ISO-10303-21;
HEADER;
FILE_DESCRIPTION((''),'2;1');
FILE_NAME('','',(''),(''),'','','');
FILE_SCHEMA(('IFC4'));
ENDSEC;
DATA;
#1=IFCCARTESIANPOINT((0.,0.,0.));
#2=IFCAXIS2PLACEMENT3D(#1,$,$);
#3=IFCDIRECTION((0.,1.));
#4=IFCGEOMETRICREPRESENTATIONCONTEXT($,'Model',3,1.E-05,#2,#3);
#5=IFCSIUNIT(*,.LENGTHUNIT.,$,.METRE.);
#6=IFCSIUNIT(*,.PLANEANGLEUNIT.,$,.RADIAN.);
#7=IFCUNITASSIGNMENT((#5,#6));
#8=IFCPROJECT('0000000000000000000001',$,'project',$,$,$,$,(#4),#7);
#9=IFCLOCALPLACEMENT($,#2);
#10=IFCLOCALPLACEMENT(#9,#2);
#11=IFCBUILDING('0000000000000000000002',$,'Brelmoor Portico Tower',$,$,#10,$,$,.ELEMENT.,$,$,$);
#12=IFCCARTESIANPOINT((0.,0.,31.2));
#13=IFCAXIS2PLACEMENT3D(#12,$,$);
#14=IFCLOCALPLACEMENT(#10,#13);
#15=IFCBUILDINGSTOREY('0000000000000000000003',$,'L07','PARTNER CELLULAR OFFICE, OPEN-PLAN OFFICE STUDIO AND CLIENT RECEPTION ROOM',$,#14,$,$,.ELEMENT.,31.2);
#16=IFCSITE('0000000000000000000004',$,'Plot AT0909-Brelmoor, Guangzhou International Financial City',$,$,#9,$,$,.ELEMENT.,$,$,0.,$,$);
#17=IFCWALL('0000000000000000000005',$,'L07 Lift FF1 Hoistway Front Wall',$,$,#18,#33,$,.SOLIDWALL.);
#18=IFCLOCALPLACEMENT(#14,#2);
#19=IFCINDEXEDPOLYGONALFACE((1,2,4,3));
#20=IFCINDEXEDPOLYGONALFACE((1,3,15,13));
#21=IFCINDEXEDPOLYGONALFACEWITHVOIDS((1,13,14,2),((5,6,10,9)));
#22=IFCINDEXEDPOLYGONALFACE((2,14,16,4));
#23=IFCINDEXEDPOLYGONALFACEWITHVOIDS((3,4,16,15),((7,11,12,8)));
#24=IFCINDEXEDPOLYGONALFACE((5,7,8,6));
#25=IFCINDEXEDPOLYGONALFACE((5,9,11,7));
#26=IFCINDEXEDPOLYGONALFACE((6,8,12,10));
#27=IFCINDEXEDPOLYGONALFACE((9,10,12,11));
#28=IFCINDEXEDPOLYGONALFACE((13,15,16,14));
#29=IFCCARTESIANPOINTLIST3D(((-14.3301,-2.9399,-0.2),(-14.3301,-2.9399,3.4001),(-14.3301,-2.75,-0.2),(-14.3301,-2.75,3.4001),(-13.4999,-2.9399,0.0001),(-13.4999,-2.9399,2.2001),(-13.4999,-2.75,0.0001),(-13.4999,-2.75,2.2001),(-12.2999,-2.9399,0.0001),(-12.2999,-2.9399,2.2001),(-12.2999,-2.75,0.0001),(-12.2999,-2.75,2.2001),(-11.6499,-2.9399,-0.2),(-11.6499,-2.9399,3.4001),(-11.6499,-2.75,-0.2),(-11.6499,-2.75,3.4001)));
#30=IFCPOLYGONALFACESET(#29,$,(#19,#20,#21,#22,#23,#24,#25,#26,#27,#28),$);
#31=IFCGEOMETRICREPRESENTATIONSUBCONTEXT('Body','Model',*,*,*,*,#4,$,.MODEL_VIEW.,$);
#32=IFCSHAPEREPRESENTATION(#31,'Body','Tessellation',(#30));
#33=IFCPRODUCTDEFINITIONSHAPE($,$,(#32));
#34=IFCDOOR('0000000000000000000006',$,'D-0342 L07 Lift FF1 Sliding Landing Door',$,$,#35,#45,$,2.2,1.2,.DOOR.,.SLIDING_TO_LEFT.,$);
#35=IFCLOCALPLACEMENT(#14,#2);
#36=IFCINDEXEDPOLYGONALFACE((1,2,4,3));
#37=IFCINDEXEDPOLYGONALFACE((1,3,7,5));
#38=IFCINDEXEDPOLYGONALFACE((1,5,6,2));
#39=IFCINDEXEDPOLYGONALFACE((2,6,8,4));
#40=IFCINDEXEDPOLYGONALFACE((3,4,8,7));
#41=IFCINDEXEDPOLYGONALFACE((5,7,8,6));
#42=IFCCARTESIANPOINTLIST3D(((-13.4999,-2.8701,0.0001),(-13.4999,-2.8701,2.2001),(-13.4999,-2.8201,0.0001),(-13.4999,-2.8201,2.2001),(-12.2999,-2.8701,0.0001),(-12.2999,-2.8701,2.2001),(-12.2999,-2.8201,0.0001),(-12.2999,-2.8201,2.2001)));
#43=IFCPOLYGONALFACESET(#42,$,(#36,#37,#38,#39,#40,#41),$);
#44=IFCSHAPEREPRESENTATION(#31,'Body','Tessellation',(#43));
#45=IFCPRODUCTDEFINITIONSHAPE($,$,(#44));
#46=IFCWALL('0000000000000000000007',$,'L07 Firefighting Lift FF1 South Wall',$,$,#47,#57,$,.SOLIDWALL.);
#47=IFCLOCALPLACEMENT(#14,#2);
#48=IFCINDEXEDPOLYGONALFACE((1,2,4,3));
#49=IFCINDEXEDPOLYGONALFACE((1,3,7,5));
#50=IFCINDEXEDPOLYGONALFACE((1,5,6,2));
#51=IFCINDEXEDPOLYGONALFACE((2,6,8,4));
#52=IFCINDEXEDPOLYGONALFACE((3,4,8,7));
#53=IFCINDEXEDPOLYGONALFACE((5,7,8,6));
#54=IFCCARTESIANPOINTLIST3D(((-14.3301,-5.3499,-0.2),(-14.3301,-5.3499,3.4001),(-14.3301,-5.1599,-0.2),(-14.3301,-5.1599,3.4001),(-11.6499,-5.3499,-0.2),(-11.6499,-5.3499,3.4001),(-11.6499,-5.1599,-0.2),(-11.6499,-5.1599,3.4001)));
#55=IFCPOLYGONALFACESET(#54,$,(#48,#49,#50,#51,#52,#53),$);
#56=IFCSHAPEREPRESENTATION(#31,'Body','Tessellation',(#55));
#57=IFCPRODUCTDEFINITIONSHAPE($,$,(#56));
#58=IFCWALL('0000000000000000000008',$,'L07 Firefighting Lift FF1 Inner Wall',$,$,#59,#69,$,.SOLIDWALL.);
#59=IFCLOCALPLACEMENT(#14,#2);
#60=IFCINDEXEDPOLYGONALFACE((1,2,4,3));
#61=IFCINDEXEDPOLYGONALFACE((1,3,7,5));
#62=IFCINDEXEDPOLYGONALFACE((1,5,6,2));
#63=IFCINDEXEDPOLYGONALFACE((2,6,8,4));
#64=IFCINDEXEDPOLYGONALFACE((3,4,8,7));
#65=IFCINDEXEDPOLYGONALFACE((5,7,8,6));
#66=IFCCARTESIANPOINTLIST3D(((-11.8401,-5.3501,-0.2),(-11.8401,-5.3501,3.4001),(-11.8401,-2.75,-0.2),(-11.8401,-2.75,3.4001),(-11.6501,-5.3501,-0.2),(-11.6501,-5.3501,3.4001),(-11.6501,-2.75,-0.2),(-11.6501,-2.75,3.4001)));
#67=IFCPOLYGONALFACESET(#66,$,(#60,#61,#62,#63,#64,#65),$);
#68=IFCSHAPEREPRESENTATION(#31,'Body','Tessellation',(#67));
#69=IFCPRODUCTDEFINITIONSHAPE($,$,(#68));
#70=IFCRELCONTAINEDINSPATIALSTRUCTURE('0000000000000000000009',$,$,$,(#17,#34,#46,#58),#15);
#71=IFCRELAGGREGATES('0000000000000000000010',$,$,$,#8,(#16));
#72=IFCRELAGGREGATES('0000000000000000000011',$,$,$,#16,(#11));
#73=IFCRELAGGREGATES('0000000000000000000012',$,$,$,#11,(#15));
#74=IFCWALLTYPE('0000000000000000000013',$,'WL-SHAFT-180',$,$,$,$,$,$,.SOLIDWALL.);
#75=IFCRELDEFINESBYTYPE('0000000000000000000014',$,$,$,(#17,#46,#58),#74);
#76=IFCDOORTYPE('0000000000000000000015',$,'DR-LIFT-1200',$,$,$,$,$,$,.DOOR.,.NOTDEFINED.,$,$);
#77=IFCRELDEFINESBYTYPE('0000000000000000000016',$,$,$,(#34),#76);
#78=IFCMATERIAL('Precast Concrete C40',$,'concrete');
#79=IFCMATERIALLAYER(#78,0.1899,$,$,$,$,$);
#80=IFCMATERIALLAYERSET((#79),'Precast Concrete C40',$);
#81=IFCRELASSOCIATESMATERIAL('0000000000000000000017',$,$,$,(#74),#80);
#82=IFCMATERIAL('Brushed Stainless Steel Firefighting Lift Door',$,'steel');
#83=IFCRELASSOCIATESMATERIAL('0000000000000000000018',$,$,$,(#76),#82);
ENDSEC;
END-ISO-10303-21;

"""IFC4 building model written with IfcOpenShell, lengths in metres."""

from ifc_helpers import new_model, si_unit, direction, frame, frame_2d, origin, place, context, subcontext, project, spatial, rectangle, extrude, material, layer, layer_set, type_object, element, fill, save


model = new_model("IFC4")

# Units and contexts
model_context = context("Model", 3, precision=1e-05, world=origin(), true_north=direction((0.0, 1.0)))
body_context = subcontext(model_context, "Body", "Model", "MODEL_VIEW")
ifc_project = project(units=[si_unit("LENGTHUNIT", "METRE"), si_unit("PLANEANGLEUNIT", "RADIAN")], contexts=[model_context])

# Site, building, storey
site_placement = place(None, origin())
site = spatial("IfcSite", under=ifc_project, at=site_placement, Name="Plot AT0909-Brelmoor, Guangzhou International Financial City", CompositionType="ELEMENT", RefElevation=0.0)
building_placement = place(site_placement, origin())
building = spatial("IfcBuilding", under=site, at=building_placement, Name="Brelmoor Portico Tower", CompositionType="ELEMENT")
storey_placement = place(building_placement, frame((0.0, 0.0, 31.2)))
storey = spatial("IfcBuildingStorey", under=building, at=storey_placement, Name="L07", Description="PARTNER CELLULAR OFFICE, OPEN-PLAN OFFICE STUDIO AND CLIENT RECEPTION ROOM", CompositionType="ELEMENT", Elevation=31.2)

# Wall, opening, door
ifc_material_1 = material(Name="Precast Concrete C40", Category="concrete")
ifc_layer_1 = layer(ifc_material_1, 0.1899)
ifc_layer_set_1 = layer_set([ifc_layer_1], Name="Precast Concrete C40")
wall_type_1 = type_object("IfcWallType", Name="WL-SHAFT-180", PredefinedType="SOLIDWALL", material=ifc_layer_set_1)
wall_1_placement = place(storey_placement, frame((-14.3301, -2.845, -0.2), z_axis=(0.0, 0.0, 1.0), x_axis=(1.0, 0.0, 0.0)))
wall_1 = element("IfcWall", 1, at=wall_1_placement, inside=storey, type_object=wall_type_1, Name="L07 Lift FF1 Hoistway Front Wall", PredefinedType="SOLIDWALL", context=body_context, shape_type="SweptSolid", body=[
    extrude(rectangle(XDim=2.6802, YDim=0.1899, at=frame_2d((1.3401, 0.0))), origin(), (0.0, 0.0, 1.0), 3.6001),
])
opening_placement = place(wall_1_placement, frame((0.8301, 0.0, 0.2)))
opening = element("IfcOpeningElement", 2, at=opening_placement, cuts=wall_1, PredefinedType="OPENING", context=body_context, shape_type="SweptSolid", body=[
    extrude(rectangle(XDim=1.2, YDim=2.2, at=frame_2d((0.6001, 1.1001))), frame((0.0, 0.105, 0.0), z_axis=(0.0, -1.0, 0.0), x_axis=(1.0, 0.0, 0.0)), (0.0, 0.0, 1.0), 0.21),
])
ifc_material_2 = material(Name="Brushed Stainless Steel Firefighting Lift Door", Category="steel")
door_type = type_object("IfcDoorType", Name="DR-LIFT-1200", OperationType="NOTDEFINED", PredefinedType="DOOR", material=ifc_material_2)
door_placement = place(opening_placement, origin())
door = element("IfcDoor", 3, at=door_placement, inside=storey, type_object=door_type, Name="D-0342 L07 Lift FF1 Sliding Landing Door", OperationType="SLIDING_TO_LEFT", OverallHeight=2.2, OverallWidth=1.2, PredefinedType="DOOR", context=body_context, shape_type="SweptSolid", body=[
    extrude(rectangle(XDim=1.2, YDim=2.2, at=frame_2d((0.6001, 1.1001))), frame((0.0, 0.0249, 0.0), z_axis=(0.0, -1.0, 0.0), x_axis=(1.0, 0.0, 0.0)), (0.0, 0.0, 1.0), 0.05),
])
fill(opening, door)

# Walls
wall_2_placement = place(storey_placement, frame((-14.3301, -5.2549, -0.2), z_axis=(0.0, 0.0, 1.0), x_axis=(1.0, 0.0, 0.0)))
element("IfcWall", 4, at=wall_2_placement, inside=storey, type_object=wall_type_1, Name="L07 Firefighting Lift FF1 South Wall", PredefinedType="SOLIDWALL", context=body_context, shape_type="SweptSolid", body=[
    extrude(rectangle(XDim=2.6802, YDim=0.1899, at=frame_2d((1.3401, 0.0))), origin(), (0.0, 0.0, 1.0), 3.6001),
])
wall_3_placement = place(storey_placement, frame((-11.7451, -5.3501, -0.2), z_axis=(0.0, 0.0, 1.0), x_axis=(0.0, 1.0, 0.0)))
element("IfcWall", 5, at=wall_3_placement, inside=storey, type_object=wall_type_1, Name="L07 Firefighting Lift FF1 Inner Wall", PredefinedType="SOLIDWALL", context=body_context, shape_type="SweptSolid", body=[
    extrude(rectangle(XDim=2.6001, YDim=0.1899, at=frame_2d((1.3, 0.0))), origin(), (0.0, 0.0, 1.0), 3.6001),
])

save(model, "model.ifc")
